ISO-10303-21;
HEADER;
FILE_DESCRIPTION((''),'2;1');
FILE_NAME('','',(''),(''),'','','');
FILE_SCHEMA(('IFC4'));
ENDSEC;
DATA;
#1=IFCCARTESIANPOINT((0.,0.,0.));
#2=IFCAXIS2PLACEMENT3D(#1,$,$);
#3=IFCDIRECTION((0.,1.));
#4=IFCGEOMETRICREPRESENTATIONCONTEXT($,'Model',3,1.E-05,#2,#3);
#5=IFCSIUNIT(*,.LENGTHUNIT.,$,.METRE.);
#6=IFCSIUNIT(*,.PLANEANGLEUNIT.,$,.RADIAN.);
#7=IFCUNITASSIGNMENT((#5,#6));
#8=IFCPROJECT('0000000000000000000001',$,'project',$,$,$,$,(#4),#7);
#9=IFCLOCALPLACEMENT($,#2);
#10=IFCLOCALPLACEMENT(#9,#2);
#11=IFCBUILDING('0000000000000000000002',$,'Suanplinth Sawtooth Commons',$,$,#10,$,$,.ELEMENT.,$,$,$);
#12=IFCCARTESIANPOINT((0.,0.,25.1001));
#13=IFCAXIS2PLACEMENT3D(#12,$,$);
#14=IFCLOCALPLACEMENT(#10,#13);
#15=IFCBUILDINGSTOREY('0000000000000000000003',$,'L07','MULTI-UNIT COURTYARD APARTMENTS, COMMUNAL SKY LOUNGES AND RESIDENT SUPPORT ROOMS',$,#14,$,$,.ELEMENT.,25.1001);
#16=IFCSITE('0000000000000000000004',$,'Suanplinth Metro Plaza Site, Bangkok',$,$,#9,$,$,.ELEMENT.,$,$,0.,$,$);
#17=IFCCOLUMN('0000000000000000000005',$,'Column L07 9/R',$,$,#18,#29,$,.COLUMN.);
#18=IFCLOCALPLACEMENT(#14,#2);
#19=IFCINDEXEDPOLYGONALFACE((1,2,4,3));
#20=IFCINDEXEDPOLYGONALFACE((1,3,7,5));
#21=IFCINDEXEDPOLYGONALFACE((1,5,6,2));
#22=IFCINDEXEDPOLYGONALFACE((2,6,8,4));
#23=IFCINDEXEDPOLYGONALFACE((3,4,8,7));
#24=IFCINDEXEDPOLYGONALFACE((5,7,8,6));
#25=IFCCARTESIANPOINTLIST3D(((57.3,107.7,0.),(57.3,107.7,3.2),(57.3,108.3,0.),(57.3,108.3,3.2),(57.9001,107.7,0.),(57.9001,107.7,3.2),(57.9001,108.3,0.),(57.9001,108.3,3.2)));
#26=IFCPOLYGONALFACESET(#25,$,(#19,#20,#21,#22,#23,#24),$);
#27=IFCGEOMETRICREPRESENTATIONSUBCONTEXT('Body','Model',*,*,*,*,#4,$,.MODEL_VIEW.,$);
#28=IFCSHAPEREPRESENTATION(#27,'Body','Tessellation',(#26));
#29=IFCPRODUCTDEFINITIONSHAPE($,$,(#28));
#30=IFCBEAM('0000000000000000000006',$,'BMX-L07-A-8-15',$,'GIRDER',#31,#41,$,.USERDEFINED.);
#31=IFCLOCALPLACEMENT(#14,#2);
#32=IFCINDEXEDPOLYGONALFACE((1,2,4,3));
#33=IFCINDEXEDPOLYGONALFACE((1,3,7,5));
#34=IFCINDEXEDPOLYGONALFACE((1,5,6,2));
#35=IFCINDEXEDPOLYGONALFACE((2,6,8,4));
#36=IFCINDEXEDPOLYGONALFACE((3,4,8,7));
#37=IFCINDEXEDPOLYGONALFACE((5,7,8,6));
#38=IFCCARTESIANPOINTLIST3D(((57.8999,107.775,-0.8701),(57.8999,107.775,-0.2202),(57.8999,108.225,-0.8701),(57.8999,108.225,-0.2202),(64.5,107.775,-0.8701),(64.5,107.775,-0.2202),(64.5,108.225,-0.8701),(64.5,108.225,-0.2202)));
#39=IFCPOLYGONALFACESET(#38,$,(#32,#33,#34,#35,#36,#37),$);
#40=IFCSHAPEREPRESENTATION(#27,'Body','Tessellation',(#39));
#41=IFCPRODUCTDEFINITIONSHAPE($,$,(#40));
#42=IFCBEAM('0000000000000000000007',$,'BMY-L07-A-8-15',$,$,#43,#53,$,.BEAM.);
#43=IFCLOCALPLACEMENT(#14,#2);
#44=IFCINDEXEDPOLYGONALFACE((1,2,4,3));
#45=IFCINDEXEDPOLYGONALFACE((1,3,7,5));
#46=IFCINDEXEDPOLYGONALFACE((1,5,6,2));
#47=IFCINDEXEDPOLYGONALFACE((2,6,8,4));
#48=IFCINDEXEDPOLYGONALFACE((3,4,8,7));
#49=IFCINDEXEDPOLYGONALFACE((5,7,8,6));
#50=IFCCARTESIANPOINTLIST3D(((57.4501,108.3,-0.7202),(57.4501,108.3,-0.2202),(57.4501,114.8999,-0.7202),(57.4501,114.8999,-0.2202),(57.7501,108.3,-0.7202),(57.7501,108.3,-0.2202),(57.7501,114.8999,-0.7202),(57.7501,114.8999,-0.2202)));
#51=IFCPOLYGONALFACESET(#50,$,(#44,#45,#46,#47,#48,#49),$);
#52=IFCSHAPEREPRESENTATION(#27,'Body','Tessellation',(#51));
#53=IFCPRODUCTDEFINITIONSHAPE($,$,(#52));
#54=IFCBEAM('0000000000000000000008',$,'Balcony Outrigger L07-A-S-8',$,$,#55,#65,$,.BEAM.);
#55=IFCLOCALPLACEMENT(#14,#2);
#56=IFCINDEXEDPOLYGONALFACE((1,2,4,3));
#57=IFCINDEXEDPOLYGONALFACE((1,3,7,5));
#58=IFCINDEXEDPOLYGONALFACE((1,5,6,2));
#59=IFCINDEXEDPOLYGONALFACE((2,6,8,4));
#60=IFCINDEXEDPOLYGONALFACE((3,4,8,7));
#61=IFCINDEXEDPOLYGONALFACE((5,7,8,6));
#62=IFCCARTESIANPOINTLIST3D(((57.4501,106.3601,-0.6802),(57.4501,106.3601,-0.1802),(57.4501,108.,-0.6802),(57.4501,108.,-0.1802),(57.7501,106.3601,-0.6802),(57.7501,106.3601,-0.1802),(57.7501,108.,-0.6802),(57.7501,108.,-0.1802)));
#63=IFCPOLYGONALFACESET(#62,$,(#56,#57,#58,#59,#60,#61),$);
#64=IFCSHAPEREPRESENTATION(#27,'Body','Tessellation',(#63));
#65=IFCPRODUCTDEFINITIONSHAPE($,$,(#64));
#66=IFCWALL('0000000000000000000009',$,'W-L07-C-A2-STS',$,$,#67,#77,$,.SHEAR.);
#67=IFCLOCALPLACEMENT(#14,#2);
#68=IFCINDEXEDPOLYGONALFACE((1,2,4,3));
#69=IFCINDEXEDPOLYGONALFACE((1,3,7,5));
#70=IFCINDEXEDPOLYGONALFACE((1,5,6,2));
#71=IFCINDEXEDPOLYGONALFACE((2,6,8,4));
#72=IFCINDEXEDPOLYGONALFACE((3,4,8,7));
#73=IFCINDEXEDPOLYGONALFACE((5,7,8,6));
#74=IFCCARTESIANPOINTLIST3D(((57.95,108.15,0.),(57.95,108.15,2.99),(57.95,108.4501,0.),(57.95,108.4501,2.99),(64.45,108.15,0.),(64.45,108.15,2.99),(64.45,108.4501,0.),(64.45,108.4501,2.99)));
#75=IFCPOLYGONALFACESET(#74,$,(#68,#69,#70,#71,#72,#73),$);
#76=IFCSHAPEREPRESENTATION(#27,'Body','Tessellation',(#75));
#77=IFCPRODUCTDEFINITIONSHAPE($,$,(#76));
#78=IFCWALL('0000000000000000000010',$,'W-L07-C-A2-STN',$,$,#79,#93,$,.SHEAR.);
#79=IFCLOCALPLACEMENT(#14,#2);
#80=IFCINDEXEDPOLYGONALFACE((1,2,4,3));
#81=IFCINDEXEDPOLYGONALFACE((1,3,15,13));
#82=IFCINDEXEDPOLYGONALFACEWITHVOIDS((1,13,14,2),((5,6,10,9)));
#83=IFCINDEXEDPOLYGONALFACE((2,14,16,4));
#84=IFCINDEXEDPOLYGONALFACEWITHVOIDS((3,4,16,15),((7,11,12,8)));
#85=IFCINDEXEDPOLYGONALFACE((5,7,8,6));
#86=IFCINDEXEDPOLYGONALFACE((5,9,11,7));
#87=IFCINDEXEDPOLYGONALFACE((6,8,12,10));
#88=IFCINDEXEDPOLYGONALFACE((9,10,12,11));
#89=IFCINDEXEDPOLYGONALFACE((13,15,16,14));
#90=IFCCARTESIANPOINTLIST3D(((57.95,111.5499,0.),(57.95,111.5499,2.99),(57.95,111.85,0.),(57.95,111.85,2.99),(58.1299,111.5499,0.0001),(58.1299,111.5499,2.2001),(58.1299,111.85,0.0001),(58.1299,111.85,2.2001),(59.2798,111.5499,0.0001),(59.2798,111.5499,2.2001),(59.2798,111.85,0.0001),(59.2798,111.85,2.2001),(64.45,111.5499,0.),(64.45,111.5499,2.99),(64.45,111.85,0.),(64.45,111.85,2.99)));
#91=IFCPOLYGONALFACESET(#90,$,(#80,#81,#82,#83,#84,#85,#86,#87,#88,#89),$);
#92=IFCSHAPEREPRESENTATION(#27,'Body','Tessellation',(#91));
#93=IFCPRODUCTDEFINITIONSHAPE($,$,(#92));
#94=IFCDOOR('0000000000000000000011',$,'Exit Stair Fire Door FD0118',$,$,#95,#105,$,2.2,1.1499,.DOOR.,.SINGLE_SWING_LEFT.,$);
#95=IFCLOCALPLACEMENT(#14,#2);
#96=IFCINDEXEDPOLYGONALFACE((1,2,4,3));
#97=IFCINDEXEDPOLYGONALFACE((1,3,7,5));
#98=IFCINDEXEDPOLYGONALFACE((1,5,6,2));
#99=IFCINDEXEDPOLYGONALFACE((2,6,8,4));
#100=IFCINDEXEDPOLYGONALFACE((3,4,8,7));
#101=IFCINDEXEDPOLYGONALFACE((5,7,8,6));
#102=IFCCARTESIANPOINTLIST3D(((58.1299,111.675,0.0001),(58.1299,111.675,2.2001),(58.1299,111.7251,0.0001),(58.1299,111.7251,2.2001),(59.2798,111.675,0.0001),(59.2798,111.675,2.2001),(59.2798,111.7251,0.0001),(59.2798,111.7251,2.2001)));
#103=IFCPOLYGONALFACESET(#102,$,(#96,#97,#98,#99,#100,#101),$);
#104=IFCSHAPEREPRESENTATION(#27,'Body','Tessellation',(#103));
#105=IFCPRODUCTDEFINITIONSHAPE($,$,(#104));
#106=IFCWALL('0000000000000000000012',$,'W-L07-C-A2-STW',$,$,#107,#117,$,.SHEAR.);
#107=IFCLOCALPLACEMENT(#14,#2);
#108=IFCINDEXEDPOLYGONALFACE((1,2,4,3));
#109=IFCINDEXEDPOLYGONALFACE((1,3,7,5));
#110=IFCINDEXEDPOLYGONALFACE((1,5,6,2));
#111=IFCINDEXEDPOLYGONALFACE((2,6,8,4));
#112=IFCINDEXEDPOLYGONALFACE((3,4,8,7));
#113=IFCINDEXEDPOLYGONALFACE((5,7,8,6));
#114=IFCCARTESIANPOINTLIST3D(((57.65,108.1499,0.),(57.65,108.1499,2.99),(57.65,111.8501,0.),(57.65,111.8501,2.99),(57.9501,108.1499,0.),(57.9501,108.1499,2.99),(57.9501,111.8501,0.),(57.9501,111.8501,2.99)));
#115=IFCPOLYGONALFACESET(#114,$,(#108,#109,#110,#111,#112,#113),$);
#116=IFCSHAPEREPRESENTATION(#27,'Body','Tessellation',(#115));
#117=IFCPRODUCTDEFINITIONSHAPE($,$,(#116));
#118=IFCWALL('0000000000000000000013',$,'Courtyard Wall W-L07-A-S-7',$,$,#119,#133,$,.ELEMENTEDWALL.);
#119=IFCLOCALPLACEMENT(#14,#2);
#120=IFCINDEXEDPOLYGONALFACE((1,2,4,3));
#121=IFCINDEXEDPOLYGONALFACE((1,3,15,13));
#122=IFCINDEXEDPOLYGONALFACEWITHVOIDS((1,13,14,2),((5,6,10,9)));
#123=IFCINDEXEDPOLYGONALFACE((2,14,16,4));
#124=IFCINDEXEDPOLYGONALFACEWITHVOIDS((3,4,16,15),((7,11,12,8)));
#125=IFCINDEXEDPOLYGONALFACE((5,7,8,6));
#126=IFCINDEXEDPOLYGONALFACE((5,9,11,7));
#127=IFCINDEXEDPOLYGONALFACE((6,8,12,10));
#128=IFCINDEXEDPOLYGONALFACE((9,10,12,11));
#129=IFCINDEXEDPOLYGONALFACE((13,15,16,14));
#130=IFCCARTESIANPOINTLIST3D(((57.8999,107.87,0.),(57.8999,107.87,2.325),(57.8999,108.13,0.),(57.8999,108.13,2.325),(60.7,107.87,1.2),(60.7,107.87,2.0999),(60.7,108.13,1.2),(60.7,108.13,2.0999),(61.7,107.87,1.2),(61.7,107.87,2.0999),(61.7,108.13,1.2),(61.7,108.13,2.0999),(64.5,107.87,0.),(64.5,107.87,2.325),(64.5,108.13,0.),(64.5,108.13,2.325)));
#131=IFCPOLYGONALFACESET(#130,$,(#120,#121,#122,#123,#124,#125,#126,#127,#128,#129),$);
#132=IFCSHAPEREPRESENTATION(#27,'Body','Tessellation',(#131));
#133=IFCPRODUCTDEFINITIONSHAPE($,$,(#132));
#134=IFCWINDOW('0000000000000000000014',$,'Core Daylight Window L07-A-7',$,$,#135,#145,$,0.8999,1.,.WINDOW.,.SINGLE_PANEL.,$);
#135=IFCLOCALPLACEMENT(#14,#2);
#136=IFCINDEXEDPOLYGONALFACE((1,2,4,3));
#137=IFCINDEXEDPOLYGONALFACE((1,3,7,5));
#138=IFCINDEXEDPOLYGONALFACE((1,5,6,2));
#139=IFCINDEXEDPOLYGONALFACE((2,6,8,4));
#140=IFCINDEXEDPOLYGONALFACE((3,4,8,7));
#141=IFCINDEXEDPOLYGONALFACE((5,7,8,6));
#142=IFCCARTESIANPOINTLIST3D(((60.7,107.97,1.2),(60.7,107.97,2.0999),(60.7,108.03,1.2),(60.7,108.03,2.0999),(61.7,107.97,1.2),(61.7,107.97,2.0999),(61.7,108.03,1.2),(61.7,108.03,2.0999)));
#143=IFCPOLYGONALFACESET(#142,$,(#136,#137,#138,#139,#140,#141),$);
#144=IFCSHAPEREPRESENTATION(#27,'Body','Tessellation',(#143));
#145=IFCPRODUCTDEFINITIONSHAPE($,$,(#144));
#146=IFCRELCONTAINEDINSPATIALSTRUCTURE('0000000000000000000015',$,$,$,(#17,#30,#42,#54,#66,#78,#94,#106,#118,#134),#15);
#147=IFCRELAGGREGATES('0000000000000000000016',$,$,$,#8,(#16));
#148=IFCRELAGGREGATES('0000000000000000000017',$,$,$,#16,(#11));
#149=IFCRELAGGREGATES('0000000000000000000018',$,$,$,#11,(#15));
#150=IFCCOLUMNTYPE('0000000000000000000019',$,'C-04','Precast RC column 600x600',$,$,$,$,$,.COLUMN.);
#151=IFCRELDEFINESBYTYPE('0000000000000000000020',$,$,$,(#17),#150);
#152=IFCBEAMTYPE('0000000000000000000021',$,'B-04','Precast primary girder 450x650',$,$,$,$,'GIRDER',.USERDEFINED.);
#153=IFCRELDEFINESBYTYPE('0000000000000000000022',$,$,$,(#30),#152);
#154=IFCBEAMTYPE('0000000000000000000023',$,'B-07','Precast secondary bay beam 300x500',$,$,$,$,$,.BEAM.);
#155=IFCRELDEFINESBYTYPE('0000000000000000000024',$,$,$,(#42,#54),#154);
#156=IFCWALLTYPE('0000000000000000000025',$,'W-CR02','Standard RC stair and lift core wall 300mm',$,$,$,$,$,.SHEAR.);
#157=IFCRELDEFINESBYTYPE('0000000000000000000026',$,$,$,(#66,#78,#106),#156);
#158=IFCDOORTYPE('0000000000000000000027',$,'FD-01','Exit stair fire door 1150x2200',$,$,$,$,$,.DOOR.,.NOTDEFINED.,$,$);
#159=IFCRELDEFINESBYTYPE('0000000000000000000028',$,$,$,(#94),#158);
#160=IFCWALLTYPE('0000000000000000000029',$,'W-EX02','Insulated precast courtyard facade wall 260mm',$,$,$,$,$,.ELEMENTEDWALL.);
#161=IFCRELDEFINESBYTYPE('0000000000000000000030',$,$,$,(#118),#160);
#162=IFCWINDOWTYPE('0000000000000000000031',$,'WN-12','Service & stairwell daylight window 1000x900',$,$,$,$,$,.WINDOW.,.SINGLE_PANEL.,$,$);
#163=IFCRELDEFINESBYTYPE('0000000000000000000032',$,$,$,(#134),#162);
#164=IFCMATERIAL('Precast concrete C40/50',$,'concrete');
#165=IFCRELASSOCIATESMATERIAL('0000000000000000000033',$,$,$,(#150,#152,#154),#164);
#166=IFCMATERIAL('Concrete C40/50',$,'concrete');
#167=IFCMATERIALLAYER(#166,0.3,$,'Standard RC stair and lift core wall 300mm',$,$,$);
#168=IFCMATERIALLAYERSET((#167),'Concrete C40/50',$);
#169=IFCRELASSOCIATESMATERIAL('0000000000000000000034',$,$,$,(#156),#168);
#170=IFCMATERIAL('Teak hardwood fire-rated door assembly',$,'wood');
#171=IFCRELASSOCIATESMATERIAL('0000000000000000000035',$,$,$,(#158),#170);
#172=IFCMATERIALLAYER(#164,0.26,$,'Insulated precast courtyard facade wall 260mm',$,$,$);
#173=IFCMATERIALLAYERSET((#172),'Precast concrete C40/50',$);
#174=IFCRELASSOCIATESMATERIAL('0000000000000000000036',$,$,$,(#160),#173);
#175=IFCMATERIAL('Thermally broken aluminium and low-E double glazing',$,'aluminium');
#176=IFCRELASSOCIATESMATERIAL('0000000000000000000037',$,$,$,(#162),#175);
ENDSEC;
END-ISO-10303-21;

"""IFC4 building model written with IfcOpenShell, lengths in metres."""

from ifc_helpers import new_model, si_unit, direction, frame, frame_2d, origin, origin_2d, place, context, subcontext, project, spatial, rectangle, extrude, material, layer, layer_set, material_profile, profile_set, type_object, element, fill, save


model = new_model("IFC4")

# Units and contexts
model_context = context("Model", 3, precision=1e-05, world=origin(), true_north=direction((0.0, 1.0)))
body_context = subcontext(model_context, "Body", "Model", "MODEL_VIEW")
ifc_project = project(units=[si_unit("LENGTHUNIT", "METRE"), si_unit("PLANEANGLEUNIT", "RADIAN")], contexts=[model_context])

# Site, building, storey
site_placement = place(None, origin())
site = spatial("IfcSite", under=ifc_project, at=site_placement, Name="Suanplinth Metro Plaza Site, Bangkok", CompositionType="ELEMENT", RefElevation=0.0)
building_placement = place(site_placement, origin())
building = spatial("IfcBuilding", under=site, at=building_placement, Name="Suanplinth Sawtooth Commons", CompositionType="ELEMENT")
storey_placement = place(building_placement, frame((0.0, 0.0, 25.1001)))
storey = spatial("IfcBuildingStorey", under=building, at=storey_placement, Name="L07", Description="MULTI-UNIT COURTYARD APARTMENTS, COMMUNAL SKY LOUNGES AND RESIDENT SUPPORT ROOMS", CompositionType="ELEMENT", Elevation=25.1001)

# Column
ifc_material_1 = material(Name="Precast concrete C40/50", Category="concrete")
ifc_material_profile_1 = material_profile(ifc_material_1, rectangle(XDim=0.6001, YDim=0.6001, at=origin_2d()), Name="PC-COL 600x600")
ifc_profile_set_1 = profile_set([ifc_material_profile_1], Name="Precast concrete C40/50")
column_type = type_object("IfcColumnType", Name="C-04", Description="Precast RC column 600x600", PredefinedType="COLUMN", material=ifc_profile_set_1)
column_placement = place(storey_placement, frame((57.6001, 108.0, 0.0), z_axis=(0.0, 0.0, 1.0), x_axis=(1.0, 0.0, 0.0)))
element("IfcColumn", 1, at=column_placement, inside=storey, type_object=column_type, Name="Column L07 9/R", PredefinedType="COLUMN", context=body_context, shape_type="SweptSolid", body=[
    extrude(rectangle(XDim=0.6001, YDim=0.6001, at=origin_2d()), origin(), (0.0, 0.0, 1.0), 3.2),
])

# Beams
ifc_material_profile_2 = material_profile(ifc_material_1, rectangle(XDim=0.45, YDim=0.6499, at=origin_2d()), Name="PC-GDR 450x650")
ifc_profile_set_2 = profile_set([ifc_material_profile_2], Name="Precast concrete C40/50")
beam_type_1 = type_object("IfcBeamType", Name="B-04", Description="Precast primary girder 450x650", ElementType="GIRDER", PredefinedType="USERDEFINED", material=ifc_profile_set_2)
beam_1_placement = place(storey_placement, frame((57.8999, 108.0, -0.5452), z_axis=(1.0, 0.0, 0.0), x_axis=(0.0, 1.0, 0.0)))
element("IfcBeam", 2, at=beam_1_placement, inside=storey, type_object=beam_type_1, Name="BMX-L07-A-8-15", ObjectType="GIRDER", PredefinedType="USERDEFINED", context=body_context, shape_type="SweptSolid", body=[
    extrude(rectangle(XDim=0.45, YDim=0.6499, at=origin_2d()), origin(), (0.0, 0.0, 1.0), 6.6001),
])
ifc_material_profile_3 = material_profile(ifc_material_1, rectangle(XDim=0.3, YDim=0.5, at=origin_2d()), Name="PC-BM 300x500")
ifc_profile_set_3 = profile_set([ifc_material_profile_3], Name="Precast concrete C40/50")
beam_type_2 = type_object("IfcBeamType", Name="B-07", Description="Precast secondary bay beam 300x500", PredefinedType="BEAM", material=ifc_profile_set_3)
beam_2_placement = place(storey_placement, frame((57.6001, 108.3, -0.4702), z_axis=(0.0, 1.0, 0.0), x_axis=(-1.0, 0.0, 0.0)))
element("IfcBeam", 3, at=beam_2_placement, inside=storey, type_object=beam_type_2, Name="BMY-L07-A-8-15", PredefinedType="BEAM", context=body_context, shape_type="SweptSolid", body=[
    extrude(rectangle(XDim=0.3, YDim=0.5, at=origin_2d()), origin(), (0.0, 0.0, 1.0), 6.5999),
])
beam_3_placement = place(storey_placement, frame((57.6001, 108.0, -0.4302), z_axis=(0.0, -1.0, 0.0), x_axis=(1.0, 0.0, 0.0)))
element("IfcBeam", 4, at=beam_3_placement, inside=storey, type_object=beam_type_2, Name="Balcony Outrigger L07-A-S-8", PredefinedType="BEAM", context=body_context, shape_type="SweptSolid", body=[
    extrude(rectangle(XDim=0.3, YDim=0.5, at=origin_2d()), origin(), (0.0, 0.0, 1.0), 1.6399),
])

# Wall
ifc_material_2 = material(Name="Concrete C40/50", Category="concrete")
ifc_layer_1 = layer(ifc_material_2, 0.3, Name="Standard RC stair and lift core wall 300mm")
ifc_layer_set_1 = layer_set([ifc_layer_1], Name="Concrete C40/50")
wall_type_1 = type_object("IfcWallType", Name="W-CR02", Description="Standard RC stair and lift core wall 300mm", PredefinedType="SHEAR", material=ifc_layer_set_1)
wall_1_placement = place(storey_placement, frame((57.95, 108.3, 0.0), z_axis=(0.0, 0.0, 1.0), x_axis=(1.0, 0.0, 0.0)))
element("IfcWall", 5, at=wall_1_placement, inside=storey, type_object=wall_type_1, Name="W-L07-C-A2-STS", PredefinedType="SHEAR", context=body_context, shape_type="SweptSolid", body=[
    extrude(rectangle(XDim=6.5, YDim=0.3, at=frame_2d((3.25, 0.0))), origin(), (0.0, 0.0, 1.0), 2.99),
])

# Wall, opening, door
wall_2_placement = place(storey_placement, frame((57.95, 111.7, 0.0), z_axis=(0.0, 0.0, 1.0), x_axis=(1.0, 0.0, 0.0)))
wall_2 = element("IfcWall", 6, at=wall_2_placement, inside=storey, type_object=wall_type_1, Name="W-L07-C-A2-STN", PredefinedType="SHEAR", context=body_context, shape_type="SweptSolid", body=[
    extrude(rectangle(XDim=6.5, YDim=0.3, at=frame_2d((3.25, 0.0))), origin(), (0.0, 0.0, 1.0), 2.99),
])
opening_1_placement = place(wall_2_placement, frame((0.1799, 0.0, 0.0)))
opening_1 = element("IfcOpeningElement", 7, at=opening_1_placement, cuts=wall_2, PredefinedType="OPENING", context=body_context, shape_type="SweptSolid", body=[
    extrude(rectangle(XDim=1.1499, YDim=2.2, at=frame_2d((0.575, 1.1001))), frame((0.0, 0.165, 0.0), z_axis=(0.0, -1.0, 0.0), x_axis=(1.0, 0.0, 0.0)), (0.0, 0.0, 1.0), 0.3298),
])
ifc_material_3 = material(Name="Teak hardwood fire-rated door assembly", Category="wood")
door_type_1 = type_object("IfcDoorType", Name="FD-01", Description="Exit stair fire door 1150x2200", OperationType="NOTDEFINED", PredefinedType="DOOR", material=ifc_material_3)
door_1_placement = place(opening_1_placement, frame((1.1499, 0.0, 0.0), z_axis=(0.0, 0.0, 1.0), x_axis=(-1.0, 0.0, 0.0)))
door_1 = element("IfcDoor", 8, at=door_1_placement, inside=storey, type_object=door_type_1, Name="Exit Stair Fire Door FD0118", OperationType="SINGLE_SWING_LEFT", OverallHeight=2.2, OverallWidth=1.1499, PredefinedType="DOOR", context=body_context, shape_type="SweptSolid", body=[
    extrude(rectangle(XDim=1.1499, YDim=2.2, at=frame_2d((0.575, 1.1001))), frame((0.0, 0.0249, 0.0), z_axis=(0.0, -1.0, 0.0), x_axis=(1.0, 0.0, 0.0)), (0.0, 0.0, 1.0), 0.05),
])
fill(opening_1, door_1)

# Wall
wall_3_placement = place(storey_placement, frame((57.8, 108.1499, 0.0), z_axis=(0.0, 0.0, 1.0), x_axis=(0.0, 1.0, 0.0)))
element("IfcWall", 9, at=wall_3_placement, inside=storey, type_object=wall_type_1, Name="W-L07-C-A2-STW", PredefinedType="SHEAR", context=body_context, shape_type="SweptSolid", body=[
    extrude(rectangle(XDim=3.7002, YDim=0.3, at=frame_2d((1.8501, 0.0))), origin(), (0.0, 0.0, 1.0), 2.99),
])

# Wall, opening, window
ifc_layer_2 = layer(ifc_material_1, 0.26, Name="Insulated precast courtyard facade wall 260mm")
ifc_layer_set_2 = layer_set([ifc_layer_2], Name="Precast concrete C40/50")
wall_type_2 = type_object("IfcWallType", Name="W-EX02", Description="Insulated precast courtyard facade wall 260mm", PredefinedType="ELEMENTEDWALL", material=ifc_layer_set_2)
wall_4_placement = place(storey_placement, frame((57.8999, 108.0, 0.0), z_axis=(0.0, 0.0, 1.0), x_axis=(1.0, 0.0, 0.0)))
wall_4 = element("IfcWall", 10, at=wall_4_placement, inside=storey, type_object=wall_type_2, Name="Courtyard Wall W-L07-A-S-7", PredefinedType="ELEMENTEDWALL", context=body_context, shape_type="SweptSolid", body=[
    extrude(rectangle(XDim=6.6001, YDim=0.26, at=frame_2d((3.3, 0.0))), origin(), (0.0, 0.0, 1.0), 2.325),
])
opening_2_placement = place(wall_4_placement, frame((2.8, 0.0, 1.2)))
opening_2 = element("IfcOpeningElement", 11, at=opening_2_placement, cuts=wall_4, PredefinedType="OPENING", context=body_context, shape_type="SweptSolid", body=[
    extrude(rectangle(XDim=1.0, YDim=0.8999, at=frame_2d((0.5, 0.45))), frame((0.0, 0.145, 0.0), z_axis=(0.0, -1.0, 0.0), x_axis=(1.0, 0.0, 0.0)), (0.0, 0.0, 1.0), 0.2898),
])
ifc_material_4 = material(Name="Thermally broken aluminium and low-E double glazing", Category="aluminium")
window_type = type_object("IfcWindowType", Name="WN-12", Description="Service & stairwell daylight window 1000x900", PartitioningType="SINGLE_PANEL", PredefinedType="WINDOW", material=ifc_material_4)
window_placement = place(opening_2_placement, origin())
window = element("IfcWindow", 12, at=window_placement, inside=storey, type_object=window_type, Name="Core Daylight Window L07-A-7", OverallHeight=0.8999, OverallWidth=1.0, PartitioningType="SINGLE_PANEL", PredefinedType="WINDOW", context=body_context, shape_type="SweptSolid", body=[
    extrude(rectangle(XDim=1.0, YDim=0.8999, at=frame_2d((0.5, 0.45))), frame((0.0, 0.03, 0.0), z_axis=(0.0, -1.0, 0.0), x_axis=(1.0, 0.0, 0.0)), (0.0, 0.0, 1.0), 0.0601),
])
fill(opening_2, window)

save(model, "model.ifc")
